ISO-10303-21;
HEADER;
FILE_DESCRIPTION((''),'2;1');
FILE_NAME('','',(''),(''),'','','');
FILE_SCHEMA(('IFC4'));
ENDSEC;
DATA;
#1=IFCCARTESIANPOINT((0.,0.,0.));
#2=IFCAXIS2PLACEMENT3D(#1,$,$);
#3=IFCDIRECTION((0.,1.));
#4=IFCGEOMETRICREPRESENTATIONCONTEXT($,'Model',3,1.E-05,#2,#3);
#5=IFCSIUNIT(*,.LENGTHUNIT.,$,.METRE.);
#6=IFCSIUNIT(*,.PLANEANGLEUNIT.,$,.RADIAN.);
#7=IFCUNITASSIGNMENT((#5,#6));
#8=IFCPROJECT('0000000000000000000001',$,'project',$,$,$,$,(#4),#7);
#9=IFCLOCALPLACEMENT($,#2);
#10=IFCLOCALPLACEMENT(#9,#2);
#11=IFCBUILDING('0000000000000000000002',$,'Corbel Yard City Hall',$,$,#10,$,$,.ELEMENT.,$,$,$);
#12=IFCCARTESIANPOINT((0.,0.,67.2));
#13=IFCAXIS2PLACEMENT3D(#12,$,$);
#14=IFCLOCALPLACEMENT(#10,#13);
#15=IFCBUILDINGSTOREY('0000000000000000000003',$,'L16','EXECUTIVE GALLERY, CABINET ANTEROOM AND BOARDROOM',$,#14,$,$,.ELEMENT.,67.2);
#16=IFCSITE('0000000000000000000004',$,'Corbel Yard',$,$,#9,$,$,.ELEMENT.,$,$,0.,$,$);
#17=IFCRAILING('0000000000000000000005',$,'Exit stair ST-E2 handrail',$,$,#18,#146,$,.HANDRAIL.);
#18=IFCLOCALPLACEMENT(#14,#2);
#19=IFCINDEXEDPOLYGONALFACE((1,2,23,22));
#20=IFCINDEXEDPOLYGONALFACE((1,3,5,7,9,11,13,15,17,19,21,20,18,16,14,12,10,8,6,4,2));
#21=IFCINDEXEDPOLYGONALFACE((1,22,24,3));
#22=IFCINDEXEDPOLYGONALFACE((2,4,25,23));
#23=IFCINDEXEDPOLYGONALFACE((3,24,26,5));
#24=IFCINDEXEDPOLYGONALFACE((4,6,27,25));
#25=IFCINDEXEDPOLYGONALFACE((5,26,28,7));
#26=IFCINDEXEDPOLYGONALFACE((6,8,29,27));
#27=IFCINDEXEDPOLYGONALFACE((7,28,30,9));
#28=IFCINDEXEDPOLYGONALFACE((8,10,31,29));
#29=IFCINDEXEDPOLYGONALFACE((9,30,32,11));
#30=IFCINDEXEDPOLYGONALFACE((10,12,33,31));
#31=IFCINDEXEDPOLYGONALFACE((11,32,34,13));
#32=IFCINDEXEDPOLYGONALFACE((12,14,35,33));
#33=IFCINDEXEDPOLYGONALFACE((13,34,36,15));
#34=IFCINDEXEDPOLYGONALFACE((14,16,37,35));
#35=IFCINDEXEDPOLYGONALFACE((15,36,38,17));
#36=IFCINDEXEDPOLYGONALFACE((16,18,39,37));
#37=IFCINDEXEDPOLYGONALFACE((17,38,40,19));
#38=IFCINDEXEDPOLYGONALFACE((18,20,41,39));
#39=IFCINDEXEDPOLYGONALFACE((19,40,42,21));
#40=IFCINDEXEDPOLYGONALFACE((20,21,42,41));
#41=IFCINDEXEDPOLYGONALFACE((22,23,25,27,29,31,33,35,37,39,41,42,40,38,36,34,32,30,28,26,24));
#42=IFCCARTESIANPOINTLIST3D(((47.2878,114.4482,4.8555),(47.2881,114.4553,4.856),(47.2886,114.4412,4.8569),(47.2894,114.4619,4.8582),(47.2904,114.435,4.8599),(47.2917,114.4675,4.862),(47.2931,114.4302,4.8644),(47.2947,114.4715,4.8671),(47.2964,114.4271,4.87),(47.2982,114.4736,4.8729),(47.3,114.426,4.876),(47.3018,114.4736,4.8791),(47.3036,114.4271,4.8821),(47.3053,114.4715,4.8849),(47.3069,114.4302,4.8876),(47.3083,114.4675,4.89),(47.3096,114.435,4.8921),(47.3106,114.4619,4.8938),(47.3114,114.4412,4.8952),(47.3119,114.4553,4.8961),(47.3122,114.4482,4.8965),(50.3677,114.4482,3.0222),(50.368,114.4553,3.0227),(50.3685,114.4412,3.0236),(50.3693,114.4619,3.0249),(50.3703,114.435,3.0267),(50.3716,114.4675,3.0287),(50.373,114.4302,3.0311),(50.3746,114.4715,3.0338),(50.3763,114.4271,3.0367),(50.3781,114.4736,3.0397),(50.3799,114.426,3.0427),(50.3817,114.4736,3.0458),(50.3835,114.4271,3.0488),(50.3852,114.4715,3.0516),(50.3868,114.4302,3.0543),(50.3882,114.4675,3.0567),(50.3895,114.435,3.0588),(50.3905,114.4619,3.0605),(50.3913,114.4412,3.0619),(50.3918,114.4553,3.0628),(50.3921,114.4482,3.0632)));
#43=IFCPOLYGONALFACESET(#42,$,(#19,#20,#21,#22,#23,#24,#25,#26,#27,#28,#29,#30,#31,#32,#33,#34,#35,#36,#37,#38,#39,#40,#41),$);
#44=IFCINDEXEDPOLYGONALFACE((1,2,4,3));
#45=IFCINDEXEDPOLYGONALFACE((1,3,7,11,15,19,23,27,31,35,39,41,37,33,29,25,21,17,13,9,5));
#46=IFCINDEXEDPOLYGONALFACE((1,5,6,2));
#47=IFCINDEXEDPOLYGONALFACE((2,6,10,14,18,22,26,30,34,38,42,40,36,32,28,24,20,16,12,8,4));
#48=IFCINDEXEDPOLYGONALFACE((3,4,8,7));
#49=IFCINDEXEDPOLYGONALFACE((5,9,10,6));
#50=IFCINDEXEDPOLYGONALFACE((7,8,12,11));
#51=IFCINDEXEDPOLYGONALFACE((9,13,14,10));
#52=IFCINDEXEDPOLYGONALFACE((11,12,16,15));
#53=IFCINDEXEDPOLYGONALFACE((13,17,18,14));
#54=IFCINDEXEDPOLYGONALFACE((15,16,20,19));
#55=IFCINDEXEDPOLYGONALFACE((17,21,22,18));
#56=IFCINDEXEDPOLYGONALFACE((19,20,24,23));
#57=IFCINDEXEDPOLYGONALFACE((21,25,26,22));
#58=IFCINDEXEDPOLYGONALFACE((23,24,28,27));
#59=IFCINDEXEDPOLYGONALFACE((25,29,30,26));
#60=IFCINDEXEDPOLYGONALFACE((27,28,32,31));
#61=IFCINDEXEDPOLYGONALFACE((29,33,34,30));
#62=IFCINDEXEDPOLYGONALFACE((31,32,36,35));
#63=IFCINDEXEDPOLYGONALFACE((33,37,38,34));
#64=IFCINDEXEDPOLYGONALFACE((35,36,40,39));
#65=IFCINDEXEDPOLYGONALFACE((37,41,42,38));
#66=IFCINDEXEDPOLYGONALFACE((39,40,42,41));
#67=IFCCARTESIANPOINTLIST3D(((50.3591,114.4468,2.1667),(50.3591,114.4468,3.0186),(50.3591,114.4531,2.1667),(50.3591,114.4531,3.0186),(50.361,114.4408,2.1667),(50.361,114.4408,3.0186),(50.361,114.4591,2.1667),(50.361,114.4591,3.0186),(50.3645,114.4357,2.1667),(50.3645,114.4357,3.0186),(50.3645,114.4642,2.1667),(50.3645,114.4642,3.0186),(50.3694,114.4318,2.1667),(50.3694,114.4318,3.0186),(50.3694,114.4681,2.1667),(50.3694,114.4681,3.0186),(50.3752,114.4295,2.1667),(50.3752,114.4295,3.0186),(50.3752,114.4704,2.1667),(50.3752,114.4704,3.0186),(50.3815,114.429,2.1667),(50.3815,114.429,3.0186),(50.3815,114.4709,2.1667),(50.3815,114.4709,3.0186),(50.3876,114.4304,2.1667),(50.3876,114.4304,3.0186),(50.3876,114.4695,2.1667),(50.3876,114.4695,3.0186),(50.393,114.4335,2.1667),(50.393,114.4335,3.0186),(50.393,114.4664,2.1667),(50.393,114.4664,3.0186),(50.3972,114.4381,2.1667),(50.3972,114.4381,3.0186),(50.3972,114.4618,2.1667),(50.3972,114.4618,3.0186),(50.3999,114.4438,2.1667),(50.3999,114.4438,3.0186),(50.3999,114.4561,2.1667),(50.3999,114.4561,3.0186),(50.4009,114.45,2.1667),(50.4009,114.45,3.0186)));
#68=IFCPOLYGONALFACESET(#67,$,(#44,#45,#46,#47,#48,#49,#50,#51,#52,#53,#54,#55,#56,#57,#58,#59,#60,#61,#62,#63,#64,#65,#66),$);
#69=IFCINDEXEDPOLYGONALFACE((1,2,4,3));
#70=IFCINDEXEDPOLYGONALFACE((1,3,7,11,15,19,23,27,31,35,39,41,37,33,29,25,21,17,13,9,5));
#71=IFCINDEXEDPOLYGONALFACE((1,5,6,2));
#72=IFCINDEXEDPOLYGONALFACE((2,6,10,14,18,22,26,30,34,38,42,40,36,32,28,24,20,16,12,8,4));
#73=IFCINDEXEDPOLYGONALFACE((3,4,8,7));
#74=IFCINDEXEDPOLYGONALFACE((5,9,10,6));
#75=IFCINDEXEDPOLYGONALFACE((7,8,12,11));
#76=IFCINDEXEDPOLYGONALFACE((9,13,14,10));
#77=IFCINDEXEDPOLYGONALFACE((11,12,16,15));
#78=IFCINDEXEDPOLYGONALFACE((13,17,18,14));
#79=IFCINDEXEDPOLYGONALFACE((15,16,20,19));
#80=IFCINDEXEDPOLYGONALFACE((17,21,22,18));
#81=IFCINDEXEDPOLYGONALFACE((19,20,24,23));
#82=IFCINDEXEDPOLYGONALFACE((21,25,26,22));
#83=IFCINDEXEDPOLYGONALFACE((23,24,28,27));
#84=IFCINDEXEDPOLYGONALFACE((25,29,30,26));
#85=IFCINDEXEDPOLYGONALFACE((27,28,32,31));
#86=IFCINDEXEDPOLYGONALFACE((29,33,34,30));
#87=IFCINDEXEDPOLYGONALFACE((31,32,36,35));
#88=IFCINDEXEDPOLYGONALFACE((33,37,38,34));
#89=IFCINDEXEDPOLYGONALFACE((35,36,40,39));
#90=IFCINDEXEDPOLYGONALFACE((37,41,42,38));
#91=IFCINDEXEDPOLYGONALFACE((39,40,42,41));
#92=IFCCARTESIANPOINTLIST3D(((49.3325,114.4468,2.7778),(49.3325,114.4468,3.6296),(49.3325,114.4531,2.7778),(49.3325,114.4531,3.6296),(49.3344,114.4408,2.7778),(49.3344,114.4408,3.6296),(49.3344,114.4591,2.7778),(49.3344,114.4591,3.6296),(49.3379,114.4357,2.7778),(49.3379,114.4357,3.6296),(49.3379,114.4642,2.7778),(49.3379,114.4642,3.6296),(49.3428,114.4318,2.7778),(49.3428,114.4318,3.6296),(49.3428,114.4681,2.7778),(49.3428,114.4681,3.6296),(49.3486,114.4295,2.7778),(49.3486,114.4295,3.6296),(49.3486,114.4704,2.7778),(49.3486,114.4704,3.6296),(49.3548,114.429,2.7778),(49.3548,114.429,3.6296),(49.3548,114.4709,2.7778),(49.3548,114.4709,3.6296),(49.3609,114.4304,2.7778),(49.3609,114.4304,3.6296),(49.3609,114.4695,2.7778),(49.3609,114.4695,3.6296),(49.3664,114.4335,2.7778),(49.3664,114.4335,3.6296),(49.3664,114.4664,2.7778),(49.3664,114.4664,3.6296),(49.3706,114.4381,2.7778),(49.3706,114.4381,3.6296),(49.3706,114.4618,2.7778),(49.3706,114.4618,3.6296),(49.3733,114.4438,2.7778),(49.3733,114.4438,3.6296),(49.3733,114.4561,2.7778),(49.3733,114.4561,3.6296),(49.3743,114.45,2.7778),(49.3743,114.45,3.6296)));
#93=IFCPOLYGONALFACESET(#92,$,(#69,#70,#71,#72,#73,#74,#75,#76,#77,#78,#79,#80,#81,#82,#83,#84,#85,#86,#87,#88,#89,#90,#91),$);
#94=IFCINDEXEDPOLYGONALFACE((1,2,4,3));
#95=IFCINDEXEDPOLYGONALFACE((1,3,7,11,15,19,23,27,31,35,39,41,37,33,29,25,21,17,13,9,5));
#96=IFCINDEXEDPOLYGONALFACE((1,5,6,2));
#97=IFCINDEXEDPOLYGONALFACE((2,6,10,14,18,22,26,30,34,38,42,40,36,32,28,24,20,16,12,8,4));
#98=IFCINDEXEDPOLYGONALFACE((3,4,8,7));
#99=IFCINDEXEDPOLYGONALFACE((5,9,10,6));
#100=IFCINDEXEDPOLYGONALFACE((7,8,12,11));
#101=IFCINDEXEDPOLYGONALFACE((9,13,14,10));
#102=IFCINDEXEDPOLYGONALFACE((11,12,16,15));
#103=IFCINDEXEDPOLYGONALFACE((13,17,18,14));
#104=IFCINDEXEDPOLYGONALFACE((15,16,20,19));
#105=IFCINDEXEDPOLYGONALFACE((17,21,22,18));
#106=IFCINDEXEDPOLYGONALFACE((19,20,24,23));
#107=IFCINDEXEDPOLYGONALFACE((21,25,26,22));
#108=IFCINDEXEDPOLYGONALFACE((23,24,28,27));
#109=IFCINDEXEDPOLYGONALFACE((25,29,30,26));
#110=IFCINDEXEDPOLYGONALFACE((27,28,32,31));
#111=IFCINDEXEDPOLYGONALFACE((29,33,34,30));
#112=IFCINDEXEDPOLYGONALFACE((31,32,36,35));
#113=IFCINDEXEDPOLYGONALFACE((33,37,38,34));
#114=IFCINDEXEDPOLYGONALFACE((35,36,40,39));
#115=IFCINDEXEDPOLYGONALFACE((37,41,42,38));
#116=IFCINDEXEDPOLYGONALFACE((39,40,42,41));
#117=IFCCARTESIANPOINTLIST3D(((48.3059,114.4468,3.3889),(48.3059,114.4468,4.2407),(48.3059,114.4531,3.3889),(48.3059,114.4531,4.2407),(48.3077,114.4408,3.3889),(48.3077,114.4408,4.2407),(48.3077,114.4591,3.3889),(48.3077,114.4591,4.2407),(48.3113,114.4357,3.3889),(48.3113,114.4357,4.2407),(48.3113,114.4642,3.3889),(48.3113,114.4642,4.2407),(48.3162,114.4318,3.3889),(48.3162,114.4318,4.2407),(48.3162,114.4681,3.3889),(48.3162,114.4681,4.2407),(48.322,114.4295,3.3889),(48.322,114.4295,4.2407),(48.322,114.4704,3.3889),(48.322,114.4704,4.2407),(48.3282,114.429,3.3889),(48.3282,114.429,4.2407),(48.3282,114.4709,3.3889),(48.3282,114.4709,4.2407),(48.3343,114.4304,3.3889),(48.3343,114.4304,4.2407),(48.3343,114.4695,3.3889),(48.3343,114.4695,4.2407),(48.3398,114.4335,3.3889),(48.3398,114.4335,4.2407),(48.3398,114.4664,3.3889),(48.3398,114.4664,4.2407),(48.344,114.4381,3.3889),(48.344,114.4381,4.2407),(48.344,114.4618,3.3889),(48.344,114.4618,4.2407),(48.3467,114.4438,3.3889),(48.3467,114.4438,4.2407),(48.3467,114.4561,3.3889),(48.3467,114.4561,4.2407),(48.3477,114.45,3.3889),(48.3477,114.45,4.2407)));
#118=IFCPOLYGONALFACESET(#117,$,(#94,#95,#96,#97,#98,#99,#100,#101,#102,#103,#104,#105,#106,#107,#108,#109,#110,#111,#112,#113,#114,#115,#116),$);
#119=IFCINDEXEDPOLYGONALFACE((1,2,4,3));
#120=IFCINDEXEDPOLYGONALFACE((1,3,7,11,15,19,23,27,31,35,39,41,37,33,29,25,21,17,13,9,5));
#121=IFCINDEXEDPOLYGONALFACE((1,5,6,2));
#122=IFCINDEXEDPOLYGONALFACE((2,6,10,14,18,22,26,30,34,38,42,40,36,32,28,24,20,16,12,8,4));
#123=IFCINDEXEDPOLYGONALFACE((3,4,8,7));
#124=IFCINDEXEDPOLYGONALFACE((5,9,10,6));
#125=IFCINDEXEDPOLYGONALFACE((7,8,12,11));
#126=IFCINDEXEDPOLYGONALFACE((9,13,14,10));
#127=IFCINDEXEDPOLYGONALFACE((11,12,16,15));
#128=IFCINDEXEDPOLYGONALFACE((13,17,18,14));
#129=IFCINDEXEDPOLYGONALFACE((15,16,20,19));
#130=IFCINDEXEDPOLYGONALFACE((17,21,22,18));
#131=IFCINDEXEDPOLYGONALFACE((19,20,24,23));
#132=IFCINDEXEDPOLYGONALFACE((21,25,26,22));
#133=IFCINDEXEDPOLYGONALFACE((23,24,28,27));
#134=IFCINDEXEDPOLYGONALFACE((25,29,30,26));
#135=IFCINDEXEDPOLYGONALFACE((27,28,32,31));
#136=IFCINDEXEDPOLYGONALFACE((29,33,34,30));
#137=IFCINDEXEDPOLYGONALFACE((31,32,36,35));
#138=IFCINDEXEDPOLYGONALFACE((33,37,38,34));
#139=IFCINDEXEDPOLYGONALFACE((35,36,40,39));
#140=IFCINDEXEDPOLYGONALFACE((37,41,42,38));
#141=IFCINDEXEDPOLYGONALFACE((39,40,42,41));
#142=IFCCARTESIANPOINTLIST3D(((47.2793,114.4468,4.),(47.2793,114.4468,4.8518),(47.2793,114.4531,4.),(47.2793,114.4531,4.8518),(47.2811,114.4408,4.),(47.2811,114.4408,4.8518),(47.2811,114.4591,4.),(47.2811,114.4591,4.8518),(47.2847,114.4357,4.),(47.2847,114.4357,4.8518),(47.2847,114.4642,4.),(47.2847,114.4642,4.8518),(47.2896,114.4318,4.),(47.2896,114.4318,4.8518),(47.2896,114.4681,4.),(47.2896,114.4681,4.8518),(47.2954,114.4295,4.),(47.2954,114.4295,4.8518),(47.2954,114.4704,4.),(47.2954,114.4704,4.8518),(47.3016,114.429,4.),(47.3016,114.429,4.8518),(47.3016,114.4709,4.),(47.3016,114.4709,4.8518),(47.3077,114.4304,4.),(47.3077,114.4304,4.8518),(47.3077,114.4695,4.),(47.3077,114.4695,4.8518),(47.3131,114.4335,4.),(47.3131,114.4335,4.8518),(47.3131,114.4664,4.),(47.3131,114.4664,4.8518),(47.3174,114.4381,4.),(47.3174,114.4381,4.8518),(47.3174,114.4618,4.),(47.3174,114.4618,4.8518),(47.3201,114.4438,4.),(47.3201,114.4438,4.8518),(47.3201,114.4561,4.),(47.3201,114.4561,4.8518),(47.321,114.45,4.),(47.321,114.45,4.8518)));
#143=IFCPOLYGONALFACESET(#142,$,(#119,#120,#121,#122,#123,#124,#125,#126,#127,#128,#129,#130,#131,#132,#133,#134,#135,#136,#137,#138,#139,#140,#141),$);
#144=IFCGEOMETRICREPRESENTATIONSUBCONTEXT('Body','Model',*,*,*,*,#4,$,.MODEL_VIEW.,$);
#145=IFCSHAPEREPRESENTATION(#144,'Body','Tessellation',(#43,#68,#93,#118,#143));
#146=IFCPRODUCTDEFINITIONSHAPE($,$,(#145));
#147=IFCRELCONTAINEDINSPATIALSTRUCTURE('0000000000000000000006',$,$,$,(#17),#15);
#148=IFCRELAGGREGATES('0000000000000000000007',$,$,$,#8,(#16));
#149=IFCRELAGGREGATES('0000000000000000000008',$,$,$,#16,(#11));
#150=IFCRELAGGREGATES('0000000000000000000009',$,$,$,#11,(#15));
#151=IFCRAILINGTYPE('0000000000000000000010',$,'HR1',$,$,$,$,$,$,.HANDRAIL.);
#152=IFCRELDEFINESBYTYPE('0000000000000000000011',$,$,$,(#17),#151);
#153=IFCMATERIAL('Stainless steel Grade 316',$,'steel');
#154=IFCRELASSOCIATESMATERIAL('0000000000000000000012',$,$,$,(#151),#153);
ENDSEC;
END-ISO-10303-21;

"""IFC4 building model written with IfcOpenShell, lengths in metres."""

from ifc_helpers import new_model, si_unit, direction, frame, origin, origin_2d, place, context, subcontext, project, spatial, circle, extrude, material, type_object, element, save


model = new_model("IFC4")

# Units and contexts
model_context = context("Model", 3, precision=1e-05, world=origin(), true_north=direction((0.0, 1.0)))
body_context = subcontext(model_context, "Body", "Model", "MODEL_VIEW")
ifc_project = project(units=[si_unit("LENGTHUNIT", "METRE"), si_unit("PLANEANGLEUNIT", "RADIAN")], contexts=[model_context])

# Site, building, storey
site_placement = place(None, origin())
site = spatial("IfcSite", under=ifc_project, at=site_placement, Name="Corbel Yard", CompositionType="ELEMENT", RefElevation=0.0)
building_placement = place(site_placement, origin())
building = spatial("IfcBuilding", under=site, at=building_placement, Name="Corbel Yard City Hall", CompositionType="ELEMENT")
storey_placement = place(building_placement, frame((0.0, 0.0, 67.2)))
storey = spatial("IfcBuildingStorey", under=building, at=storey_placement, Name="L16", Description="EXECUTIVE GALLERY, CABINET ANTEROOM AND BOARDROOM", CompositionType="ELEMENT", Elevation=67.2)

# Shared definitions
ifc_material_1 = material(Name="Stainless steel Grade 316", Category="steel")

# Railing
railing_type_1 = type_object("IfcRailingType", Name="HR1", PredefinedType="HANDRAIL", material=ifc_material_1)
for number, where, name in (
    (1, (50.3799, 114.45, 2.1667), "Exit stair ST-E2 handrail"),
):
    element("IfcRailing", number, at=place(storey_placement, frame(where)), inside=storey, type_object=railing_type_1, Name=name, PredefinedType="HANDRAIL", context=body_context, shape_type="SweptSolid", body=[
        extrude(circle(Radius=0.0239, at=origin_2d()), frame((0.0, 0.0, 0.876), z_axis=(-0.859291, 0.0, 0.511487), x_axis=(0.0, -1.0, 0.0)), (0.0, 0.0, 1.0), 3.5842),
        extrude(circle(Radius=0.021, at=origin_2d()), origin(), (0.0, 0.0, 1.0), 0.8518),
        extrude(circle(Radius=0.021, at=origin_2d()), frame((-1.0266, 0.0, 0.6111)), (0.0, 0.0, 1.0), 0.8518),
        extrude(circle(Radius=0.021, at=origin_2d()), frame((-2.0532, 0.0, 1.2222)), (0.0, 0.0, 1.0), 0.8518),
        extrude(circle(Radius=0.021, at=origin_2d()), frame((-3.0798, 0.0, 1.8333)), (0.0, 0.0, 1.0), 0.8518),
    ])

save(model, "model.ifc")
